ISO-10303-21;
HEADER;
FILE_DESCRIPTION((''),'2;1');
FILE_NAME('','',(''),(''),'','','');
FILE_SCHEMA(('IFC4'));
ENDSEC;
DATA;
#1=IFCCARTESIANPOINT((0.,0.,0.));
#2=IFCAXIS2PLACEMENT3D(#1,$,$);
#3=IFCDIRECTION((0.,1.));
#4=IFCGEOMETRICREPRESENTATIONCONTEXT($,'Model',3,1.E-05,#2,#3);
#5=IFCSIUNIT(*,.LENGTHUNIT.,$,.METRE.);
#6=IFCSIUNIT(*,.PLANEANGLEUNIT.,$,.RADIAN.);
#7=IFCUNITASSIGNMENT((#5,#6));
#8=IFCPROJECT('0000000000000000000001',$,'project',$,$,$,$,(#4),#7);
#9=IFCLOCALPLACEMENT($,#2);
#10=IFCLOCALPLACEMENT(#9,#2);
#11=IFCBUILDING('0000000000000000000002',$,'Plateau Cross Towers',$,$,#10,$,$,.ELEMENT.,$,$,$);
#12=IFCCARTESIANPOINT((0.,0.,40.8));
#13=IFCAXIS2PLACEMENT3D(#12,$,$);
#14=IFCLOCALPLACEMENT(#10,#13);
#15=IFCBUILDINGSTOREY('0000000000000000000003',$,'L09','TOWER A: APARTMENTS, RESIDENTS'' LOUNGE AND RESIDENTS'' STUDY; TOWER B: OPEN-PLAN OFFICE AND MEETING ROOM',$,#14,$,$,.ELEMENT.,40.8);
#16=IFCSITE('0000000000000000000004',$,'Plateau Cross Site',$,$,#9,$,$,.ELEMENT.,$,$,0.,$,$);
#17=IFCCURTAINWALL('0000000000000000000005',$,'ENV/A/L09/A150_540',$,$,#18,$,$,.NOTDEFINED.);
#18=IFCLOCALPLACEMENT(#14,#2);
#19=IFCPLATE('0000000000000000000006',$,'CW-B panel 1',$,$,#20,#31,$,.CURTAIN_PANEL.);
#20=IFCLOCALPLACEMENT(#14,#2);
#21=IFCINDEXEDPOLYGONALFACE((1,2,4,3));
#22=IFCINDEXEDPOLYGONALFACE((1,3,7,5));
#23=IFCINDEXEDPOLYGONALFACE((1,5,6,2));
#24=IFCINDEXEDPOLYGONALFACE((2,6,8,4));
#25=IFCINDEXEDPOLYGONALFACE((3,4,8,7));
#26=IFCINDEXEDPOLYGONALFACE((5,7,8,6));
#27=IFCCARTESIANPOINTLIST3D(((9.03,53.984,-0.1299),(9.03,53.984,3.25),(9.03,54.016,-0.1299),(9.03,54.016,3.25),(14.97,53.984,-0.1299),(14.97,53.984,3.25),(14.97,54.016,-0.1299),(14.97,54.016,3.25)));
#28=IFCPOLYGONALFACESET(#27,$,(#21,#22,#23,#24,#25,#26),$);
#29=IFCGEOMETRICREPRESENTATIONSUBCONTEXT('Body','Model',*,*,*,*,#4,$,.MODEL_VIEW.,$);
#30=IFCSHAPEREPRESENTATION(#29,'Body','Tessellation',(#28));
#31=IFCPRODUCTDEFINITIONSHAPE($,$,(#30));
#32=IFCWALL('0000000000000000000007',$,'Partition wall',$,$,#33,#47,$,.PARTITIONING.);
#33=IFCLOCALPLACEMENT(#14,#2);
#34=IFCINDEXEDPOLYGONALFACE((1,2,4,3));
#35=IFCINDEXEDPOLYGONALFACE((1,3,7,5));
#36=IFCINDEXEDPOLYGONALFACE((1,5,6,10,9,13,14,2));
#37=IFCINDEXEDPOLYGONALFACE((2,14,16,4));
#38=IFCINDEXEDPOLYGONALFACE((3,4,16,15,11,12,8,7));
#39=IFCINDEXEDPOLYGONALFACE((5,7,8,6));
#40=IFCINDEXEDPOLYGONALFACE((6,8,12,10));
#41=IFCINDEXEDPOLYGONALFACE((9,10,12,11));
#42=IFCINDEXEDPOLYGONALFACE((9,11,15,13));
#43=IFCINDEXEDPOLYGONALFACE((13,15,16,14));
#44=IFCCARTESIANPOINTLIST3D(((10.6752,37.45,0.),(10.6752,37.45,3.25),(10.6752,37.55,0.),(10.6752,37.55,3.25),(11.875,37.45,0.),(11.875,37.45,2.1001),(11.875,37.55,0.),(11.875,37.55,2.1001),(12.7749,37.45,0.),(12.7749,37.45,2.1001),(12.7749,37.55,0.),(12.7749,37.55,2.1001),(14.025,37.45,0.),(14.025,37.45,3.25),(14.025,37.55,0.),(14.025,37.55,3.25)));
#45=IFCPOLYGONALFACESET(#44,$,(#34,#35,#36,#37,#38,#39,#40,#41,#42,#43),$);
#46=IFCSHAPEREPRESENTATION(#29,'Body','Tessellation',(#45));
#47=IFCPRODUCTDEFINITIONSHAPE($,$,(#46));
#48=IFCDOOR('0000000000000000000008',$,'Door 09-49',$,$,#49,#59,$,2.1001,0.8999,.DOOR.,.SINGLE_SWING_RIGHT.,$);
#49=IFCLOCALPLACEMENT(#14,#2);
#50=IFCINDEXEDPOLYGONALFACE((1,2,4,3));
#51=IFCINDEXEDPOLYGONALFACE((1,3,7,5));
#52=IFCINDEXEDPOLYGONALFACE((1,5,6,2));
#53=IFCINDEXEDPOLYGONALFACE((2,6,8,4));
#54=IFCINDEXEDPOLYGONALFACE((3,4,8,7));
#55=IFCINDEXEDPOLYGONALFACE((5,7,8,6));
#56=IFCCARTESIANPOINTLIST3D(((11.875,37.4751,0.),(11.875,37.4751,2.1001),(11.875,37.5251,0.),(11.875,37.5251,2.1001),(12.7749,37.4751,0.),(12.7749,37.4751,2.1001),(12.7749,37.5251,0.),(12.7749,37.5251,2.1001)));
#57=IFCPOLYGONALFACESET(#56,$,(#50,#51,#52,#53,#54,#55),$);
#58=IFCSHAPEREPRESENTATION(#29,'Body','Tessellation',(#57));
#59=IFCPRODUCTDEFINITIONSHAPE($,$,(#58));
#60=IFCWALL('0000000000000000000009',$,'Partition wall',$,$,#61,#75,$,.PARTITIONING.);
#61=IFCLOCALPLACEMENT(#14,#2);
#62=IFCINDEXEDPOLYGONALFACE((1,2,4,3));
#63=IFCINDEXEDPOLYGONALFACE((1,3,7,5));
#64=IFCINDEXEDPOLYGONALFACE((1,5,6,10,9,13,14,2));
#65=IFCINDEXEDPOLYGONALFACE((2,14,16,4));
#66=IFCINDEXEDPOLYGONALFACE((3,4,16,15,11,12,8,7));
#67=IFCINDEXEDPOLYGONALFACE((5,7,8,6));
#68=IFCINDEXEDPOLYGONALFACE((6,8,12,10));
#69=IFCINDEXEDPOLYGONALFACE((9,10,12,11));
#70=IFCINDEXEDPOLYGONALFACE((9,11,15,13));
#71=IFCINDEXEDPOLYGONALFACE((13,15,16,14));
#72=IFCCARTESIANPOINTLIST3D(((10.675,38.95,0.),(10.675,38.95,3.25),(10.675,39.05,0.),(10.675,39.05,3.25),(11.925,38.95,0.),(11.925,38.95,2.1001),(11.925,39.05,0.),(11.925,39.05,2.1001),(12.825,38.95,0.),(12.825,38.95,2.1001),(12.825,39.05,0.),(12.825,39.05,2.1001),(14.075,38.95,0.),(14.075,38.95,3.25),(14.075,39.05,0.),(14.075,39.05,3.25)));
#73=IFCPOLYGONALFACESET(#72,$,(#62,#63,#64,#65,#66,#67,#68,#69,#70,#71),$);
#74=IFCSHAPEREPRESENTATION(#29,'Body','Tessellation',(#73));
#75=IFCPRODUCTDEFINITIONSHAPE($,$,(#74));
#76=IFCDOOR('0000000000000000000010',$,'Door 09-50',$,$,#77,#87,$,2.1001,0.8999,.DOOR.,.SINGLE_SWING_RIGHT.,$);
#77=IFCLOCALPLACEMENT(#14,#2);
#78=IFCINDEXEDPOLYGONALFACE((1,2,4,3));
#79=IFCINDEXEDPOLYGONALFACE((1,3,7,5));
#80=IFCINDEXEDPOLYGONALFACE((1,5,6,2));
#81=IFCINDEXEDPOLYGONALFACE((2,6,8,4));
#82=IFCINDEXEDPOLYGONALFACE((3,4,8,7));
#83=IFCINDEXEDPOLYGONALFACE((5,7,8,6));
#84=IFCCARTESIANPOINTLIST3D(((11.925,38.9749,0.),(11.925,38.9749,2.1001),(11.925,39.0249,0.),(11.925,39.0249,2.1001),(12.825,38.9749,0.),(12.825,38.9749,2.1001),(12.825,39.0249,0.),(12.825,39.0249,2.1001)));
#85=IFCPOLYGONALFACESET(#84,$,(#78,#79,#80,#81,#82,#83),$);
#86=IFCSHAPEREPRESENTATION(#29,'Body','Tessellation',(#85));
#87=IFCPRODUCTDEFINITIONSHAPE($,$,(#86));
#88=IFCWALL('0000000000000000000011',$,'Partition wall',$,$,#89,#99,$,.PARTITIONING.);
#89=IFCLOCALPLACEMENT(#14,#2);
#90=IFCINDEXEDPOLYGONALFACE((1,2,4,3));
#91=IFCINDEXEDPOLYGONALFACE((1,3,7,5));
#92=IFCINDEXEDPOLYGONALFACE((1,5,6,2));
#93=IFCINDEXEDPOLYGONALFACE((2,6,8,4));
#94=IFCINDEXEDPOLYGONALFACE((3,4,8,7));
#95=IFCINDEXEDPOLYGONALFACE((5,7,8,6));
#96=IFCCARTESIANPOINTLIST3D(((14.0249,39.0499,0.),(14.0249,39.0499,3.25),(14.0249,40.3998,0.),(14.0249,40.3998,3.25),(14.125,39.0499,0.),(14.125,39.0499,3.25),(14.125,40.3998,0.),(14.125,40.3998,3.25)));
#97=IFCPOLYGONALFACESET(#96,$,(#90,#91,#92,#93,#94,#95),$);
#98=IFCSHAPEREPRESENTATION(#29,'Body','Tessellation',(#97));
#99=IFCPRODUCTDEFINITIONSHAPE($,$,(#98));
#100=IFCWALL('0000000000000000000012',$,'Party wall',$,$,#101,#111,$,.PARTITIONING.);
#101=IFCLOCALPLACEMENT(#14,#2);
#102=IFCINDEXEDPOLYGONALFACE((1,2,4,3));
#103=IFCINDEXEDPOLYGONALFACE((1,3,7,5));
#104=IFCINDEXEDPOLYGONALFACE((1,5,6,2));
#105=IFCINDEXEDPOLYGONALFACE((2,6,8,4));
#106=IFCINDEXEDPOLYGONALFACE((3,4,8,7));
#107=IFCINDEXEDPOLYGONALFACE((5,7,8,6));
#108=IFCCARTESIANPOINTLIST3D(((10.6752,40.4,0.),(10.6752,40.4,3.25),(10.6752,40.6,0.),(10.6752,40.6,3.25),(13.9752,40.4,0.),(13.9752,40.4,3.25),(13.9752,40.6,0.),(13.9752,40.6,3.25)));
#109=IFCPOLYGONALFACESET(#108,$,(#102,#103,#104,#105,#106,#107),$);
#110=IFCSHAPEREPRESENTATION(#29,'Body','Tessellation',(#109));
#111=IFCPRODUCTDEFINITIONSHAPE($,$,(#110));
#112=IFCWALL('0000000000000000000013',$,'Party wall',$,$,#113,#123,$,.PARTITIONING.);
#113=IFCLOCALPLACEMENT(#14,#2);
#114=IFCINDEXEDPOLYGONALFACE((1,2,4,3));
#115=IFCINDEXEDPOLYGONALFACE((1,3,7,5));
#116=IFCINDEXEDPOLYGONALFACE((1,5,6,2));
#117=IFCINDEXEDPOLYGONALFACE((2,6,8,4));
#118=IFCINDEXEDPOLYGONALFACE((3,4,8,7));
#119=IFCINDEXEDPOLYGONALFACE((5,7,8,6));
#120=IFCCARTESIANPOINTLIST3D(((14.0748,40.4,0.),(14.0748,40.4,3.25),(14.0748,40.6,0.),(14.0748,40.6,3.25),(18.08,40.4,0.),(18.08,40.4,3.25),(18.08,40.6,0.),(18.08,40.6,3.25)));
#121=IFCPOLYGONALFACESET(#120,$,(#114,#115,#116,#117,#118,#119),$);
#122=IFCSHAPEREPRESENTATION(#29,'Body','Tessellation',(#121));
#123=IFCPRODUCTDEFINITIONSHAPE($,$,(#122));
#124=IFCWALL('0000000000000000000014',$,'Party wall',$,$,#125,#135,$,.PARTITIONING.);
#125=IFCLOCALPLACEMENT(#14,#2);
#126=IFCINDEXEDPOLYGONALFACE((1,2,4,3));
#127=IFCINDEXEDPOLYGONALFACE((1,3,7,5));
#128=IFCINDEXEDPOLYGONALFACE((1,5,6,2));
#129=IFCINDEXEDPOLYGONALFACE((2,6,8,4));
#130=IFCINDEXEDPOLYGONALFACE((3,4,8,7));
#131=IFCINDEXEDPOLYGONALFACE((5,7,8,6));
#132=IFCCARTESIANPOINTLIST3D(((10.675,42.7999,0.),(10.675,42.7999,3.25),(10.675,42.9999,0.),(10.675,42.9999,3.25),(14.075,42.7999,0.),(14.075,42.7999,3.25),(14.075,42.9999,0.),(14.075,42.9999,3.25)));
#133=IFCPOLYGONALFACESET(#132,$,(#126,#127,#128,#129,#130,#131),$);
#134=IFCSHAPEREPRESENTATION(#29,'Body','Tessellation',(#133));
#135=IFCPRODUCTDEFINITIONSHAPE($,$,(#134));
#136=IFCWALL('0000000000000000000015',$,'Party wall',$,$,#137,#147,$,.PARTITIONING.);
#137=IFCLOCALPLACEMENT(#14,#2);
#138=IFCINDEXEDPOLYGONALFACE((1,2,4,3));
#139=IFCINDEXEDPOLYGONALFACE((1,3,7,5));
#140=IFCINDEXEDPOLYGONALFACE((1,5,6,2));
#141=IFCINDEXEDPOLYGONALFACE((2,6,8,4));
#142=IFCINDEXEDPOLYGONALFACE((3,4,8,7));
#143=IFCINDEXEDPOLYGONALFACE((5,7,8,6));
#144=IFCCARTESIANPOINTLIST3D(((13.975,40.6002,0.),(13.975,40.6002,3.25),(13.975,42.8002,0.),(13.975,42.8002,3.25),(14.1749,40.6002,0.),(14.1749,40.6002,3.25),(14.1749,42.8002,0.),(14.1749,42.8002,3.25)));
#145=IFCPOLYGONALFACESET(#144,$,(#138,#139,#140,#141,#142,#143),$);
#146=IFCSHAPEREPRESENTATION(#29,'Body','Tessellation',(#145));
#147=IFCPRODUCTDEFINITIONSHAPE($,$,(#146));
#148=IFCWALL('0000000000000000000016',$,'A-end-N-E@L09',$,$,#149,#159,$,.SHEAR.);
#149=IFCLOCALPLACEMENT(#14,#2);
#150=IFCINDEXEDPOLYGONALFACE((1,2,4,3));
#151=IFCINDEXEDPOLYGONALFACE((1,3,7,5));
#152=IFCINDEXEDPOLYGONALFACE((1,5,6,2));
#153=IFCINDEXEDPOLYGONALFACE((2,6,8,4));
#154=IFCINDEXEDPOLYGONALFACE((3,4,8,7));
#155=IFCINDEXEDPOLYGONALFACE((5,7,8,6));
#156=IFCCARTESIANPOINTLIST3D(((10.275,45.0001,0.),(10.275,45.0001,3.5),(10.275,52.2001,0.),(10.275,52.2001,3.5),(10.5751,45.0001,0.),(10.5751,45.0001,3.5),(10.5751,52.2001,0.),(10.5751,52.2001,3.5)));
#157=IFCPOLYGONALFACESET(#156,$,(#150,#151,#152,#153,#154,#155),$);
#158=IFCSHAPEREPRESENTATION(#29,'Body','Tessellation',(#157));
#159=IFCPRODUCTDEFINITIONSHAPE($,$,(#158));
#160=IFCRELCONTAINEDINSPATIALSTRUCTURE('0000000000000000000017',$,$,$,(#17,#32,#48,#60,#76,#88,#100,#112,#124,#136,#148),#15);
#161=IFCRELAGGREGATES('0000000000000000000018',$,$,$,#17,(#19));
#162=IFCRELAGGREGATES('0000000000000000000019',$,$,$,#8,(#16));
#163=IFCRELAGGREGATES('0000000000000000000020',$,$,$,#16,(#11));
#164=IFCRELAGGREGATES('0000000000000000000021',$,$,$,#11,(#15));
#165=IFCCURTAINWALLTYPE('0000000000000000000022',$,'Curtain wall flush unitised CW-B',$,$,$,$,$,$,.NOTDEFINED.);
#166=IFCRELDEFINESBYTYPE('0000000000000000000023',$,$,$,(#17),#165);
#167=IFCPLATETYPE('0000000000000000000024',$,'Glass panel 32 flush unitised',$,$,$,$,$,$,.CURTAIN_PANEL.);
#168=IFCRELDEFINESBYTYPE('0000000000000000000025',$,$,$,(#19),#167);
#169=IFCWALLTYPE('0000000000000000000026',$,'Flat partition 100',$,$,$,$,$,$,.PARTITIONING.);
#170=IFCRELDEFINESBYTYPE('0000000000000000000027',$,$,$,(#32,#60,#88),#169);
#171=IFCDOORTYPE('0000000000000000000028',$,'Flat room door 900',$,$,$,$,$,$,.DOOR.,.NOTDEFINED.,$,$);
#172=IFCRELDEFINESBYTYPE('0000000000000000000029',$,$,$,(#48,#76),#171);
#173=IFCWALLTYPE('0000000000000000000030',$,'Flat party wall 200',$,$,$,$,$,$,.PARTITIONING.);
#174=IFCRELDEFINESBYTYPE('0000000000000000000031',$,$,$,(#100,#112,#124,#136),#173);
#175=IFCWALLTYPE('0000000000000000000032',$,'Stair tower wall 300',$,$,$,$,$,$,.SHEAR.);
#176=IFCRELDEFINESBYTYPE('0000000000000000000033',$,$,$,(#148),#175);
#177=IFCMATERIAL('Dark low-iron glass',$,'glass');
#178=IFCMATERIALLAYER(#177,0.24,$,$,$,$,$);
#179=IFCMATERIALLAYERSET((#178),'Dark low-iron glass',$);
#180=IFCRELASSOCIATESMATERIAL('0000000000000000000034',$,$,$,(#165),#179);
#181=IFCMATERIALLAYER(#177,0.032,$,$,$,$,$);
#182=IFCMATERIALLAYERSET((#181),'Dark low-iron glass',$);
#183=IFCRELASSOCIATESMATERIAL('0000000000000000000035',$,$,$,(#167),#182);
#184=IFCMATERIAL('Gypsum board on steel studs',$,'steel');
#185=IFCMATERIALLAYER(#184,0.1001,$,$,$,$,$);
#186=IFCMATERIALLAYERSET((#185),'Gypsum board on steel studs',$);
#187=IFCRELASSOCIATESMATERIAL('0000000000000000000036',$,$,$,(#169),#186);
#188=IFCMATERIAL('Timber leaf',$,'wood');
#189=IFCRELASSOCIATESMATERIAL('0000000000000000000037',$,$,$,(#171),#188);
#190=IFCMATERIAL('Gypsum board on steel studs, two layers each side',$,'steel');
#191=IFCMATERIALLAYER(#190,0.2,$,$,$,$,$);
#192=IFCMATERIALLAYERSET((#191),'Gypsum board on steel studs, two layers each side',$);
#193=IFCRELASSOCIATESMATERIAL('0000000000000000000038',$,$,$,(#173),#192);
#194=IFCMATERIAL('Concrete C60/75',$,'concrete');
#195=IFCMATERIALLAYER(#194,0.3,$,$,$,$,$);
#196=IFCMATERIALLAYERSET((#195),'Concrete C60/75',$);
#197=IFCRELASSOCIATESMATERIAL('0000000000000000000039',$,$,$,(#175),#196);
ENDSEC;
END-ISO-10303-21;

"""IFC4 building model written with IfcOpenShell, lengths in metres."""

from ifc_helpers import new_model, si_unit, direction, frame, frame_2d, origin, origin_2d, place, context, subcontext, project, spatial, rectangle, extrude, material, layer, layer_set, type_object, element, fill, aggregate, save


model = new_model("IFC4")

# Units and contexts
model_context = context("Model", 3, precision=1e-05, world=origin(), true_north=direction((0.0, 1.0)))
body_context = subcontext(model_context, "Body", "Model", "MODEL_VIEW")
ifc_project = project(units=[si_unit("LENGTHUNIT", "METRE"), si_unit("PLANEANGLEUNIT", "RADIAN")], contexts=[model_context])

# Site, building, storey
site_placement = place(None, origin())
site = spatial("IfcSite", under=ifc_project, at=site_placement, Name="Plateau Cross Site", CompositionType="ELEMENT", RefElevation=0.0)
building_placement = place(site_placement, origin())
building = spatial("IfcBuilding", under=site, at=building_placement, Name="Plateau Cross Towers", CompositionType="ELEMENT")
storey_placement = place(building_placement, frame((0.0, 0.0, 40.8)))
storey = spatial("IfcBuildingStorey", under=building, at=storey_placement, Name="L09", Description="TOWER A: APARTMENTS, RESIDENTS' LOUNGE AND RESIDENTS' STUDY; TOWER B: OPEN-PLAN OFFICE AND MEETING ROOM", CompositionType="ELEMENT", Elevation=40.8)

# Shared definitions
ifc_material_1 = material(Name="Concrete C60/75", Category="concrete")

# Shared definitions
ifc_material_2 = material(Name="Dark low-iron glass", Category="glass")
ifc_layer_1 = layer(ifc_material_2, 0.24)
ifc_layer_set_1 = layer_set([ifc_layer_1], Name="Dark low-iron glass")
curtain_wall_type = type_object("IfcCurtainWallType", Name="Curtain wall flush unitised CW-B", PredefinedType="NOTDEFINED", material=ifc_layer_set_1)

# Curtain wall
curtain_wall_1_placement = place(storey_placement, origin())
curtain_wall_1 = element("IfcCurtainWall", 1, at=curtain_wall_1_placement, inside=storey, type_object=curtain_wall_type, Name="ENV/A/L09/A150_540", PredefinedType="NOTDEFINED")

# Plate
ifc_layer_2 = layer(ifc_material_2, 0.032)
ifc_layer_set_2 = layer_set([ifc_layer_2], Name="Dark low-iron glass")
plate_type = type_object("IfcPlateType", Name="Glass panel 32 flush unitised", PredefinedType="CURTAIN_PANEL", material=ifc_layer_set_2)
plate_1_placement = place(storey_placement, frame((12.0, 54.0, -0.1299), z_axis=(0.0, 0.0, 1.0), x_axis=(-1.0, 0.0, 0.0)))
plate_1 = element("IfcPlate", 2, at=plate_1_placement, type_object=plate_type, Name="CW-B panel 1", PredefinedType="CURTAIN_PANEL", context=body_context, shape_type="SweptSolid", body=[
    extrude(rectangle(XDim=5.9399, YDim=0.032, at=origin_2d()), origin(), (0.0, 0.0, 1.0), 3.3799),
])
aggregate(curtain_wall_1, [plate_1])

# Walls, openings, doors
ifc_material_3 = material(Name="Gypsum board on steel studs", Category="steel")
ifc_layer_3 = layer(ifc_material_3, 0.1001)
ifc_layer_set_3 = layer_set([ifc_layer_3], Name="Gypsum board on steel studs")
wall_type_1 = type_object("IfcWallType", Name="Flat partition 100", PredefinedType="PARTITIONING", material=ifc_layer_set_3)
wall_1_placement = place(storey_placement, frame((14.0249, 37.5, 0.0), z_axis=(0.0, 0.0, 1.0), x_axis=(-1.0, 0.0, 0.0)))
wall_1 = element("IfcWall", 3, at=wall_1_placement, inside=storey, type_object=wall_type_1, Name="Partition wall", PredefinedType="PARTITIONING", context=body_context, shape_type="SweptSolid", body=[
    extrude(rectangle(XDim=3.3499, YDim=0.1001, at=frame_2d((1.6748, 0.0))), origin(), (0.0, 0.0, 1.0), 3.25),
])
opening_1_placement = place(wall_1_placement, frame((1.25, 0.0, 0.0)))
opening_1 = element("IfcOpeningElement", 4, at=opening_1_placement, cuts=wall_1, PredefinedType="OPENING", context=body_context, shape_type="SweptSolid", body=[
    extrude(rectangle(XDim=0.8999, YDim=2.1001, at=frame_2d((0.45, 1.05))), frame((0.0, 0.0601, 0.0), z_axis=(0.0, -1.0, 0.0), x_axis=(1.0, 0.0, 0.0)), (0.0, 0.0, 1.0), 0.1201),
])
ifc_material_4 = material(Name="Timber leaf", Category="wood")
door_type = type_object("IfcDoorType", Name="Flat room door 900", OperationType="NOTDEFINED", PredefinedType="DOOR", material=ifc_material_4)
door_1_placement = place(opening_1_placement, origin())
door_1 = element("IfcDoor", 5, at=door_1_placement, inside=storey, type_object=door_type, Name="Door 09-49", OperationType="SINGLE_SWING_RIGHT", OverallHeight=2.1001, OverallWidth=0.8999, PredefinedType="DOOR", context=body_context, shape_type="SweptSolid", body=[
    extrude(rectangle(XDim=0.8999, YDim=2.1001, at=frame_2d((0.45, 1.05))), frame((0.0, 0.0249, 0.0), z_axis=(0.0, -1.0, 0.0), x_axis=(1.0, 0.0, 0.0)), (0.0, 0.0, 1.0), 0.05),
])
fill(opening_1, door_1)
wall_2_placement = place(storey_placement, frame((10.675, 39.0, 0.0), z_axis=(0.0, 0.0, 1.0), x_axis=(1.0, 0.0, 0.0)))
wall_2 = element("IfcWall", 6, at=wall_2_placement, inside=storey, type_object=wall_type_1, Name="Partition wall", PredefinedType="PARTITIONING", context=body_context, shape_type="SweptSolid", body=[
    extrude(rectangle(XDim=3.3999, YDim=0.1001, at=frame_2d((1.7, 0.0))), origin(), (0.0, 0.0, 1.0), 3.25),
])
opening_2_placement = place(wall_2_placement, frame((1.25, 0.0, 0.0)))
opening_2 = element("IfcOpeningElement", 7, at=opening_2_placement, cuts=wall_2, PredefinedType="OPENING", context=body_context, shape_type="SweptSolid", body=[
    extrude(rectangle(XDim=0.8999, YDim=2.1001, at=frame_2d((0.45, 1.05))), frame((0.0, 0.0601, 0.0), z_axis=(0.0, -1.0, 0.0), x_axis=(1.0, 0.0, 0.0)), (0.0, 0.0, 1.0), 0.1201),
])
door_2_placement = place(opening_2_placement, origin())
door_2 = element("IfcDoor", 8, at=door_2_placement, inside=storey, type_object=door_type, Name="Door 09-50", OperationType="SINGLE_SWING_RIGHT", OverallHeight=2.1001, OverallWidth=0.8999, PredefinedType="DOOR", context=body_context, shape_type="SweptSolid", body=[
    extrude(rectangle(XDim=0.8999, YDim=2.1001, at=frame_2d((0.45, 1.05))), frame((0.0, 0.0249, 0.0), z_axis=(0.0, -1.0, 0.0), x_axis=(1.0, 0.0, 0.0)), (0.0, 0.0, 1.0), 0.05),
])
fill(opening_2, door_2)

# Walls
wall_3_placement = place(storey_placement, frame((14.075, 39.05, 0.0), z_axis=(0.0, 0.0, 1.0), x_axis=(0.0, 1.0, 0.0)))
element("IfcWall", 9, at=wall_3_placement, inside=storey, type_object=wall_type_1, Name="Partition wall", PredefinedType="PARTITIONING", context=body_context, shape_type="SweptSolid", body=[
    extrude(rectangle(XDim=1.3499, YDim=0.1001, at=frame_2d((0.6748, 0.0))), origin(), (0.0, 0.0, 1.0), 3.25),
])
ifc_material_5 = material(Name="Gypsum board on steel studs, two layers each side", Category="steel")
ifc_layer_4 = layer(ifc_material_5, 0.2)
ifc_layer_set_4 = layer_set([ifc_layer_4], Name="Gypsum board on steel studs, two layers each side")
wall_type_2 = type_object("IfcWallType", Name="Flat party wall 200", PredefinedType="PARTITIONING", material=ifc_layer_set_4)
wall_4_placement = place(storey_placement, frame((13.9751, 40.5, 0.0), z_axis=(0.0, 0.0, 1.0), x_axis=(-1.0, 0.0, 0.0)))
element("IfcWall", 10, at=wall_4_placement, inside=storey, type_object=wall_type_2, Name="Party wall", PredefinedType="PARTITIONING", context=body_context, shape_type="SweptSolid", body=[
    extrude(rectangle(XDim=3.3, YDim=0.2, at=frame_2d((1.6499, 0.0))), origin(), (0.0, 0.0, 1.0), 3.25),
])
wall_5_placement = place(storey_placement, frame((14.075, 40.5, 0.0), z_axis=(0.0, 0.0, 1.0), x_axis=(1.0, 0.0, 0.0)))
element("IfcWall", 11, at=wall_5_placement, inside=storey, type_object=wall_type_2, Name="Party wall", PredefinedType="PARTITIONING", context=body_context, shape_type="SweptSolid", body=[
    extrude(rectangle(XDim=4.0051, YDim=0.2, at=frame_2d((2.0024, 0.0))), origin(), (0.0, 0.0, 1.0), 3.25),
])
wall_6_placement = place(storey_placement, frame((14.075, 42.8999, 0.0), z_axis=(0.0, 0.0, 1.0), x_axis=(-1.0, 0.0, 0.0)))
element("IfcWall", 12, at=wall_6_placement, inside=storey, type_object=wall_type_2, Name="Party wall", PredefinedType="PARTITIONING", context=body_context, shape_type="SweptSolid", body=[
    extrude(rectangle(XDim=3.3999, YDim=0.2, at=frame_2d((1.7, 0.0))), origin(), (0.0, 0.0, 1.0), 3.25),
])
wall_7_placement = place(storey_placement, frame((14.075, 40.6001, 0.0), z_axis=(0.0, 0.0, 1.0), x_axis=(0.0, 1.0, 0.0)))
element("IfcWall", 13, at=wall_7_placement, inside=storey, type_object=wall_type_2, Name="Party wall", PredefinedType="PARTITIONING", context=body_context, shape_type="SweptSolid", body=[
    extrude(rectangle(XDim=2.2, YDim=0.2, at=frame_2d((1.1001, 0.0))), origin(), (0.0, 0.0, 1.0), 3.25),
])
ifc_layer_5 = layer(ifc_material_1, 0.3)
ifc_layer_set_5 = layer_set([ifc_layer_5], Name="Concrete C60/75")
wall_type_3 = type_object("IfcWallType", Name="Stair tower wall 300", PredefinedType="SHEAR", material=ifc_layer_set_5)
wall_8_placement = place(storey_placement, frame((10.425, 45.0, 0.0), z_axis=(0.0, 0.0, 1.0), x_axis=(0.0, 1.0, 0.0)))
element("IfcWall", 14, at=wall_8_placement, inside=storey, type_object=wall_type_3, Name="A-end-N-E@L09", PredefinedType="SHEAR", context=body_context, shape_type="SweptSolid", body=[
    extrude(rectangle(XDim=7.2, YDim=0.3, at=frame_2d((3.6001, 0.0))), origin(), (0.0, 0.0, 1.0), 3.5),
])

save(model, "model.ifc")
